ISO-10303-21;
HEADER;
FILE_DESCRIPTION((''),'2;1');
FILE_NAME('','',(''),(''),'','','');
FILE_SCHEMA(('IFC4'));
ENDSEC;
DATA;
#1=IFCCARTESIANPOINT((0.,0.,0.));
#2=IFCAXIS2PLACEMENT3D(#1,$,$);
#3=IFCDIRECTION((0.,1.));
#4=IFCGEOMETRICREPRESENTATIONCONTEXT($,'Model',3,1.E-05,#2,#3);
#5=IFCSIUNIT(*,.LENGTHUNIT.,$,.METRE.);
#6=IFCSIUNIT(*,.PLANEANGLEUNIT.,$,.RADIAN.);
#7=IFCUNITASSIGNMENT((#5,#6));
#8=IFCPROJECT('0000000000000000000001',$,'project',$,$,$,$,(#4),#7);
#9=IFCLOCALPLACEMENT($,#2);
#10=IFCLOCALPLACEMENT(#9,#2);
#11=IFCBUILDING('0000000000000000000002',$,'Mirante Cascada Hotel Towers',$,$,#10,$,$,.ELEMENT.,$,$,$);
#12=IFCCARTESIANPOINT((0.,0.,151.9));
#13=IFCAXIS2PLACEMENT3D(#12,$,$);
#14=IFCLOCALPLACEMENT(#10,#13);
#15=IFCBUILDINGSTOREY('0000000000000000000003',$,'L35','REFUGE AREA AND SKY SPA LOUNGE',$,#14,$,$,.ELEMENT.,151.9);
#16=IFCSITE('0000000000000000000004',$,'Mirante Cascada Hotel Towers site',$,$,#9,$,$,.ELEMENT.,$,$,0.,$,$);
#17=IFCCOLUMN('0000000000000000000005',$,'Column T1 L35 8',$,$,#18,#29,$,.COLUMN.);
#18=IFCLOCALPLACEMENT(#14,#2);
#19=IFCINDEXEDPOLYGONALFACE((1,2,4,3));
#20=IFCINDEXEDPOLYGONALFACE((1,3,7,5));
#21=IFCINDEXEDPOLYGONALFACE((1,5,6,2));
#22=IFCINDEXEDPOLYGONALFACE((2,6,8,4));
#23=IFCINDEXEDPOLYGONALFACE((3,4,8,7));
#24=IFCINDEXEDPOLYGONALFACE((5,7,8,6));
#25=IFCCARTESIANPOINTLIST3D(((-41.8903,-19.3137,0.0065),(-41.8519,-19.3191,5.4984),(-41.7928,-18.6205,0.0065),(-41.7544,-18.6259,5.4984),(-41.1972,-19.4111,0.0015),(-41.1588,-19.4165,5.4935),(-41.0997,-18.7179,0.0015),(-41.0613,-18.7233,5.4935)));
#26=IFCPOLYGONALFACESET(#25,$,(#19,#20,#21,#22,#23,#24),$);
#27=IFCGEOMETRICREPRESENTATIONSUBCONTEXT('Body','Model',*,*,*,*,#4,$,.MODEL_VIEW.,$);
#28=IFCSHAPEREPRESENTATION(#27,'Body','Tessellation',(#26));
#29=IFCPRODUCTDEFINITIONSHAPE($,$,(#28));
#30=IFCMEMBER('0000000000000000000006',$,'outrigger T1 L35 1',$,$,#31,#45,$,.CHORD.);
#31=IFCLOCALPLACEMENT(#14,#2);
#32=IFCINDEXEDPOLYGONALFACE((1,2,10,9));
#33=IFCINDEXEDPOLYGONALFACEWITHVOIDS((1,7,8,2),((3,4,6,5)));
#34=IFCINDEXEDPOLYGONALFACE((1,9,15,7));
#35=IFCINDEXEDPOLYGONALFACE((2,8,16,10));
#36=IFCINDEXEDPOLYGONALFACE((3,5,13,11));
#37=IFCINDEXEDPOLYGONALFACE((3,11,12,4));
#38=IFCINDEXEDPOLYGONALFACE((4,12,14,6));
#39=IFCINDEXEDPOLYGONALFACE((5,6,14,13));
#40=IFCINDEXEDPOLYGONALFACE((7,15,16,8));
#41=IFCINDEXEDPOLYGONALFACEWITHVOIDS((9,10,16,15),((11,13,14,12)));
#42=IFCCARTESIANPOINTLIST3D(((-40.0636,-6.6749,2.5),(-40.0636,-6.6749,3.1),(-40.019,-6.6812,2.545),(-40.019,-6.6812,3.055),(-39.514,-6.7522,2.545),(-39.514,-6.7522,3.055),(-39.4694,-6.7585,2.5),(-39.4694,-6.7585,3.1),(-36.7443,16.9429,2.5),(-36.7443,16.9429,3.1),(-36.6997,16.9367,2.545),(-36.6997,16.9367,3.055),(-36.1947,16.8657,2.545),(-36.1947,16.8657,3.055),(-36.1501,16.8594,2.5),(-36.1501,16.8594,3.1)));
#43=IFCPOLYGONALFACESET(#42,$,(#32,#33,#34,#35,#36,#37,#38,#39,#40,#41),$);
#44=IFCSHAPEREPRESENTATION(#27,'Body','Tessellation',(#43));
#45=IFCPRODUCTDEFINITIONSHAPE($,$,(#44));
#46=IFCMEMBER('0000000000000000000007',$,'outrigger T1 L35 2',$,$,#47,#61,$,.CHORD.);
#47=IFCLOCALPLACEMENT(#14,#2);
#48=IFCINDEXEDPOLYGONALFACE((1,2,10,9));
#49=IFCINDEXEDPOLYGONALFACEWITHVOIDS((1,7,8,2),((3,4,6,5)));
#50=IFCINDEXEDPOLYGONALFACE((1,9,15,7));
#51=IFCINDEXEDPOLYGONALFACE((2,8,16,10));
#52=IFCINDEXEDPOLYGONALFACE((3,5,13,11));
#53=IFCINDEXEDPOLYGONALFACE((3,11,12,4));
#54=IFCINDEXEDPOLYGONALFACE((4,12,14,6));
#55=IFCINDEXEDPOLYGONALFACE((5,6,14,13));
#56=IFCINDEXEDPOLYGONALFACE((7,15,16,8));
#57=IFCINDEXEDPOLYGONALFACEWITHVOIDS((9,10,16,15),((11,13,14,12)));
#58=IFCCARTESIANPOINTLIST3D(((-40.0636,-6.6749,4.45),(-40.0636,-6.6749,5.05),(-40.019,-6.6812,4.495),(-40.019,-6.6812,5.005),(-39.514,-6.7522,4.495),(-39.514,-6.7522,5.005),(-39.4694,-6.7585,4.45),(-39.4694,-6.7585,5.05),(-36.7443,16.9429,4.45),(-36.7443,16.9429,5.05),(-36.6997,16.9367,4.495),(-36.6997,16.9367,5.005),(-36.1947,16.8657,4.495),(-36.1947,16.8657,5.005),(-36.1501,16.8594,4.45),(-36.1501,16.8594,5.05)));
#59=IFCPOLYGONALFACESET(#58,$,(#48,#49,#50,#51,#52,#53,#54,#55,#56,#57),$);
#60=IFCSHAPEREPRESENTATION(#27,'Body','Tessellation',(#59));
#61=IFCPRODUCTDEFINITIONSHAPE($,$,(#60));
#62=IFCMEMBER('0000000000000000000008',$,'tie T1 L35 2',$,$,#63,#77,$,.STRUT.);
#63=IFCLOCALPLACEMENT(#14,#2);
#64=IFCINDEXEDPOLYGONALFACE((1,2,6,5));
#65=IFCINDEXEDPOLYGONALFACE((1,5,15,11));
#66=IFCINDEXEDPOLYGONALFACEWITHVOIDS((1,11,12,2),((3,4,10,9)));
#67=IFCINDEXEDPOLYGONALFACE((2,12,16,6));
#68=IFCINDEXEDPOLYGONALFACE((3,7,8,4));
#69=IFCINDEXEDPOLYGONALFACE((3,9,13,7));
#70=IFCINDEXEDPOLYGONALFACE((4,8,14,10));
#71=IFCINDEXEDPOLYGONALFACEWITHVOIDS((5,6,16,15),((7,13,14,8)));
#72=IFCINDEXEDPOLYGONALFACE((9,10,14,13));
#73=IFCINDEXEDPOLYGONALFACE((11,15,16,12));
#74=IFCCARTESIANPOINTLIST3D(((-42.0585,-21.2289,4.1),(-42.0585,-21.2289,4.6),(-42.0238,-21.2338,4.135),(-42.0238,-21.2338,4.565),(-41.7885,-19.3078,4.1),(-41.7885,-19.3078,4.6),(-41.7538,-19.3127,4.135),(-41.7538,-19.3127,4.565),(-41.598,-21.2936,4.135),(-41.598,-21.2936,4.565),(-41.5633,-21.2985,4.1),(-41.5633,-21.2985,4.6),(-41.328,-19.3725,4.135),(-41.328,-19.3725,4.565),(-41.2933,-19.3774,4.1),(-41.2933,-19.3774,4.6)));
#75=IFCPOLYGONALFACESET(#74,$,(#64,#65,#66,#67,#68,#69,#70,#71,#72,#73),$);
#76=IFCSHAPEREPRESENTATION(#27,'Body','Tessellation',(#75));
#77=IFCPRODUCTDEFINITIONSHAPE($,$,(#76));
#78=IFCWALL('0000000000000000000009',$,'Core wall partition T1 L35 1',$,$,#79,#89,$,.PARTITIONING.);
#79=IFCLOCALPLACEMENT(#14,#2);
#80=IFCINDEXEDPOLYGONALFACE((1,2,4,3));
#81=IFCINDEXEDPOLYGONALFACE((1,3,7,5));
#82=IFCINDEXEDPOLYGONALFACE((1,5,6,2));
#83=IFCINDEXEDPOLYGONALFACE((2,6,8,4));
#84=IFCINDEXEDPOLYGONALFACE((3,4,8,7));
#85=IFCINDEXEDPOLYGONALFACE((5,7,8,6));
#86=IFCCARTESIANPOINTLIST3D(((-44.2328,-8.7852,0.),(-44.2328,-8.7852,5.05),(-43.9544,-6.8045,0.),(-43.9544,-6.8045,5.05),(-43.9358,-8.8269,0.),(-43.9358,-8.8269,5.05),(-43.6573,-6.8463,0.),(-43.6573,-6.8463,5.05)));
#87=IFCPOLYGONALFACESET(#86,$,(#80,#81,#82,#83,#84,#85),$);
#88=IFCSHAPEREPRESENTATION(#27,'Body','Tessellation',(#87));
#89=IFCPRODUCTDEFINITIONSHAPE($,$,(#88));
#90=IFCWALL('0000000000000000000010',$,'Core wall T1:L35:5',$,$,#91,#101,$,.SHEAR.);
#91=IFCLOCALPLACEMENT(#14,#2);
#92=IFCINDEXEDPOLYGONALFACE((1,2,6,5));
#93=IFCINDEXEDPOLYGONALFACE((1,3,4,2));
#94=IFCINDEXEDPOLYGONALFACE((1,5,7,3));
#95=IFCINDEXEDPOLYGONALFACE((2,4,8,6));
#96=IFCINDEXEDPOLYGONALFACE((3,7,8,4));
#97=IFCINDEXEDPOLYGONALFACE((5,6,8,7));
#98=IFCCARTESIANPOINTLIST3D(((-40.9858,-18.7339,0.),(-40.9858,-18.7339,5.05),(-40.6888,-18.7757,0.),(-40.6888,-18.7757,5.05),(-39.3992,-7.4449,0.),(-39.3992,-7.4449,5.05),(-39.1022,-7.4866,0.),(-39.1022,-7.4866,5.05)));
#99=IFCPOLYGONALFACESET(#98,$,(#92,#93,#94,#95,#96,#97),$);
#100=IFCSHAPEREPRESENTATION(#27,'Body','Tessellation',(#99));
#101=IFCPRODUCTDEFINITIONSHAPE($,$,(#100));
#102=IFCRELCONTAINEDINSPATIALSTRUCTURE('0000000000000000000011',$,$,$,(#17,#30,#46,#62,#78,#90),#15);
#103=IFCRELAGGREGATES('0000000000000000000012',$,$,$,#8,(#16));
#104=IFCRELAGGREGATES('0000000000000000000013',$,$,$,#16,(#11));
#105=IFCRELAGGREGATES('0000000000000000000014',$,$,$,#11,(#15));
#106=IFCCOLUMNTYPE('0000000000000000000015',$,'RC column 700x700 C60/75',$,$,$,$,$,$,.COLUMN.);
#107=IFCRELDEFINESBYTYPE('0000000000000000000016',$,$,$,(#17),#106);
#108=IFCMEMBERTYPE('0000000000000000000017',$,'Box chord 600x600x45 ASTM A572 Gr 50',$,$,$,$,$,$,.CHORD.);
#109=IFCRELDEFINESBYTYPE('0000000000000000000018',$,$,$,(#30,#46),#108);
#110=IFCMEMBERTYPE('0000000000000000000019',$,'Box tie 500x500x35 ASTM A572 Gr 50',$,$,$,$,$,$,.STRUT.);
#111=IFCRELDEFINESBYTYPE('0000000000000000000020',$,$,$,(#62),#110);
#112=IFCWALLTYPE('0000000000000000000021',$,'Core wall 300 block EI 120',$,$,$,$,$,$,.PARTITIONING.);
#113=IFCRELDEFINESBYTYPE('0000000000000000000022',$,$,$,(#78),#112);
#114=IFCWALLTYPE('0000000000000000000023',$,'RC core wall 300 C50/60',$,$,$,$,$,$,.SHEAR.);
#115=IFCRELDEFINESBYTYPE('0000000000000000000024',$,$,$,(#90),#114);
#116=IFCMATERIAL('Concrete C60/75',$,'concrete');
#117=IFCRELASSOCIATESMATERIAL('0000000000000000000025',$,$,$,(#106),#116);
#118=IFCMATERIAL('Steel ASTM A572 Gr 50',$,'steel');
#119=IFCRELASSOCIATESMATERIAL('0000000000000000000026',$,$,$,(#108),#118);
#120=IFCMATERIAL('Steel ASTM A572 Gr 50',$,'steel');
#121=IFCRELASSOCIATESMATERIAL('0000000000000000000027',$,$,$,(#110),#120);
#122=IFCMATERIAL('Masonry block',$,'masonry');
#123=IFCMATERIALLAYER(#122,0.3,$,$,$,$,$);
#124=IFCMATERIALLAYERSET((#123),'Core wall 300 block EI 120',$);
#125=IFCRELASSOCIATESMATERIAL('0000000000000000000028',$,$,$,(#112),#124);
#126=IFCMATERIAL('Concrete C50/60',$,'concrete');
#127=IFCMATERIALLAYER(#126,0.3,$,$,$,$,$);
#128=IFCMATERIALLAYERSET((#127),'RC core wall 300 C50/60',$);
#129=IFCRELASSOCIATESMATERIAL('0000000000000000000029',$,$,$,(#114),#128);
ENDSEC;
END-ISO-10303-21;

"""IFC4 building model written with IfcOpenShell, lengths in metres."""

from ifc_helpers import new_model, si_unit, direction, frame, frame_2d, origin, origin_2d, place, context, subcontext, project, spatial, rectangle, hollow_rectangle, extrude, material, layer, layer_set, material_profile, profile_set, type_object, element, save


model = new_model("IFC4")

# Units and contexts
model_context = context("Model", 3, precision=1e-05, world=origin(), true_north=direction((0.0, 1.0)))
body_context = subcontext(model_context, "Body", "Model", "MODEL_VIEW")
ifc_project = project(units=[si_unit("LENGTHUNIT", "METRE"), si_unit("PLANEANGLEUNIT", "RADIAN")], contexts=[model_context])

# Site, building, storey
site_placement = place(None, origin())
site = spatial("IfcSite", under=ifc_project, at=site_placement, Name="Mirante Cascada Hotel Towers site", CompositionType="ELEMENT", RefElevation=0.0)
building_placement = place(site_placement, origin())
building = spatial("IfcBuilding", under=site, at=building_placement, Name="Mirante Cascada Hotel Towers", CompositionType="ELEMENT")
storey_placement = place(building_placement, frame((0.0, 0.0, 151.9)))
storey = spatial("IfcBuildingStorey", under=building, at=storey_placement, Name="L35", Description="REFUGE AREA AND SKY SPA LOUNGE", CompositionType="ELEMENT", Elevation=151.9)

# Column
ifc_material_1 = material(Name="Concrete C60/75", Category="concrete")
ifc_material_profile_1 = material_profile(ifc_material_1, rectangle(XDim=0.7, YDim=0.7, at=origin_2d()), Name="RC column 700x700 C60/75")
ifc_profile_set_1 = profile_set([ifc_material_profile_1], Name="Concrete C60/75")
column_type = type_object("IfcColumnType", Name="RC column 700x700 C60/75", PredefinedType="COLUMN", material=ifc_profile_set_1)
column_placement = place(storey_placement, frame((-41.495, -19.0158, 0.004), z_axis=(0.006992, -0.000983, 0.999975), x_axis=(0.139255, 0.990257, 0.0)))
element("IfcColumn", 1, at=column_placement, inside=storey, type_object=column_type, Name="Column T1 L35 8", PredefinedType="COLUMN", context=body_context, shape_type="SweptSolid", body=[
    extrude(rectangle(XDim=0.7, YDim=0.7, at=origin_2d()), origin(), (0.0, 0.0, 1.0), 5.4921),
])

# Members
ifc_material_2 = material(Name="Steel ASTM A572 Gr 50", Category="steel")
ifc_material_profile_2 = material_profile(ifc_material_2, hollow_rectangle(XDim=0.6, YDim=0.6, WallThickness=0.045, at=origin_2d()), Name="Box chord 600x600x45 ASTM A572 Gr 50")
ifc_profile_set_2 = profile_set([ifc_material_profile_2], Name="Steel ASTM A572 Gr 50")
member_type_1 = type_object("IfcMemberType", Name="Box chord 600x600x45 ASTM A572 Gr 50", PredefinedType="CHORD", material=ifc_profile_set_2)
for number, where, z_axis, x_axis, name in (
    (2, (-39.7665, -6.7167, 2.8), (0.139174, 0.990268, 0.0), (-0.990268, 0.139174, 0.0), "outrigger T1 L35 1"),
    (3, (-39.7665, -6.7167, 4.75), (0.139174, 0.990268, 0.0), (-0.990268, 0.139174, 0.0), "outrigger T1 L35 2"),
):
    element("IfcMember", number, at=place(storey_placement, frame(where, z_axis=z_axis, x_axis=x_axis)), inside=storey, type_object=member_type_1, Name=name, PredefinedType="CHORD", context=body_context, shape_type="SweptSolid", body=[
        extrude(hollow_rectangle(XDim=0.6, YDim=0.6, WallThickness=0.045, at=origin_2d()), origin(), (0.0, 0.0, 1.0), 23.85),
    ])
ifc_material_3 = material(Name="Steel ASTM A572 Gr 50", Category="steel")
ifc_material_profile_3 = material_profile(ifc_material_3, hollow_rectangle(XDim=0.5, YDim=0.5, WallThickness=0.035, at=origin_2d()), Name="Box tie 500x500x35 ASTM A572 Gr 50")
ifc_profile_set_3 = profile_set([ifc_material_profile_3], Name="Steel ASTM A572 Gr 50")
member_type_2 = type_object("IfcMemberType", Name="Box tie 500x500x35 ASTM A572 Gr 50", PredefinedType="STRUT", material=ifc_profile_set_3)
member_placement = place(storey_placement, frame((-41.5409, -19.3426, 4.35), z_axis=(-0.139177, -0.990268, 0.0), x_axis=(0.990268, -0.139177, 0.0)))
element("IfcMember", 4, at=member_placement, inside=storey, type_object=member_type_2, Name="tie T1 L35 2", PredefinedType="STRUT", context=body_context, shape_type="SweptSolid", body=[
    extrude(hollow_rectangle(XDim=0.5, YDim=0.5, WallThickness=0.035, at=origin_2d()), origin(), (0.0, 0.0, 1.0), 1.94),
])

# Walls
ifc_material_4 = material(Name="Masonry block", Category="masonry")
ifc_layer_1 = layer(ifc_material_4, 0.3)
ifc_layer_set_1 = layer_set([ifc_layer_1], Name="Core wall 300 block EI 120")
wall_type_1 = type_object("IfcWallType", Name="Core wall 300 block EI 120", PredefinedType="PARTITIONING", material=ifc_layer_set_1)
wall_1_placement = place(storey_placement, frame((-44.0843, -8.8061, 0.0), z_axis=(0.0, 0.0, 1.0), x_axis=(0.139195, 0.990265, 0.0)))
element("IfcWall", 5, at=wall_1_placement, inside=storey, type_object=wall_type_1, Name="Core wall partition T1 L35 1", PredefinedType="PARTITIONING", context=body_context, shape_type="SweptSolid", body=[
    extrude(rectangle(XDim=2.0001, YDim=0.3, at=frame_2d((1.0001, 0.0))), origin(), (0.0, 0.0, 1.0), 5.05),
])
ifc_material_5 = material(Name="Concrete C50/60", Category="concrete")
ifc_layer_2 = layer(ifc_material_5, 0.3)
ifc_layer_set_2 = layer_set([ifc_layer_2], Name="RC core wall 300 C50/60")
wall_type_2 = type_object("IfcWallType", Name="RC core wall 300 C50/60", PredefinedType="SHEAR", material=ifc_layer_set_2)
wall_2_placement = place(storey_placement, frame((-40.8373, -18.7548, 0.0), z_axis=(0.0, 0.0, 1.0), x_axis=(0.139175, 0.990268, 0.0)))
element("IfcWall", 6, at=wall_2_placement, inside=storey, type_object=wall_type_2, Name="Core wall T1:L35:5", PredefinedType="SHEAR", context=body_context, shape_type="SweptSolid", body=[
    extrude(rectangle(XDim=11.4, YDim=0.3, at=frame_2d((5.7, 0.0))), origin(), (0.0, 0.0, 1.0), 5.05),
])

save(model, "model.ifc")
